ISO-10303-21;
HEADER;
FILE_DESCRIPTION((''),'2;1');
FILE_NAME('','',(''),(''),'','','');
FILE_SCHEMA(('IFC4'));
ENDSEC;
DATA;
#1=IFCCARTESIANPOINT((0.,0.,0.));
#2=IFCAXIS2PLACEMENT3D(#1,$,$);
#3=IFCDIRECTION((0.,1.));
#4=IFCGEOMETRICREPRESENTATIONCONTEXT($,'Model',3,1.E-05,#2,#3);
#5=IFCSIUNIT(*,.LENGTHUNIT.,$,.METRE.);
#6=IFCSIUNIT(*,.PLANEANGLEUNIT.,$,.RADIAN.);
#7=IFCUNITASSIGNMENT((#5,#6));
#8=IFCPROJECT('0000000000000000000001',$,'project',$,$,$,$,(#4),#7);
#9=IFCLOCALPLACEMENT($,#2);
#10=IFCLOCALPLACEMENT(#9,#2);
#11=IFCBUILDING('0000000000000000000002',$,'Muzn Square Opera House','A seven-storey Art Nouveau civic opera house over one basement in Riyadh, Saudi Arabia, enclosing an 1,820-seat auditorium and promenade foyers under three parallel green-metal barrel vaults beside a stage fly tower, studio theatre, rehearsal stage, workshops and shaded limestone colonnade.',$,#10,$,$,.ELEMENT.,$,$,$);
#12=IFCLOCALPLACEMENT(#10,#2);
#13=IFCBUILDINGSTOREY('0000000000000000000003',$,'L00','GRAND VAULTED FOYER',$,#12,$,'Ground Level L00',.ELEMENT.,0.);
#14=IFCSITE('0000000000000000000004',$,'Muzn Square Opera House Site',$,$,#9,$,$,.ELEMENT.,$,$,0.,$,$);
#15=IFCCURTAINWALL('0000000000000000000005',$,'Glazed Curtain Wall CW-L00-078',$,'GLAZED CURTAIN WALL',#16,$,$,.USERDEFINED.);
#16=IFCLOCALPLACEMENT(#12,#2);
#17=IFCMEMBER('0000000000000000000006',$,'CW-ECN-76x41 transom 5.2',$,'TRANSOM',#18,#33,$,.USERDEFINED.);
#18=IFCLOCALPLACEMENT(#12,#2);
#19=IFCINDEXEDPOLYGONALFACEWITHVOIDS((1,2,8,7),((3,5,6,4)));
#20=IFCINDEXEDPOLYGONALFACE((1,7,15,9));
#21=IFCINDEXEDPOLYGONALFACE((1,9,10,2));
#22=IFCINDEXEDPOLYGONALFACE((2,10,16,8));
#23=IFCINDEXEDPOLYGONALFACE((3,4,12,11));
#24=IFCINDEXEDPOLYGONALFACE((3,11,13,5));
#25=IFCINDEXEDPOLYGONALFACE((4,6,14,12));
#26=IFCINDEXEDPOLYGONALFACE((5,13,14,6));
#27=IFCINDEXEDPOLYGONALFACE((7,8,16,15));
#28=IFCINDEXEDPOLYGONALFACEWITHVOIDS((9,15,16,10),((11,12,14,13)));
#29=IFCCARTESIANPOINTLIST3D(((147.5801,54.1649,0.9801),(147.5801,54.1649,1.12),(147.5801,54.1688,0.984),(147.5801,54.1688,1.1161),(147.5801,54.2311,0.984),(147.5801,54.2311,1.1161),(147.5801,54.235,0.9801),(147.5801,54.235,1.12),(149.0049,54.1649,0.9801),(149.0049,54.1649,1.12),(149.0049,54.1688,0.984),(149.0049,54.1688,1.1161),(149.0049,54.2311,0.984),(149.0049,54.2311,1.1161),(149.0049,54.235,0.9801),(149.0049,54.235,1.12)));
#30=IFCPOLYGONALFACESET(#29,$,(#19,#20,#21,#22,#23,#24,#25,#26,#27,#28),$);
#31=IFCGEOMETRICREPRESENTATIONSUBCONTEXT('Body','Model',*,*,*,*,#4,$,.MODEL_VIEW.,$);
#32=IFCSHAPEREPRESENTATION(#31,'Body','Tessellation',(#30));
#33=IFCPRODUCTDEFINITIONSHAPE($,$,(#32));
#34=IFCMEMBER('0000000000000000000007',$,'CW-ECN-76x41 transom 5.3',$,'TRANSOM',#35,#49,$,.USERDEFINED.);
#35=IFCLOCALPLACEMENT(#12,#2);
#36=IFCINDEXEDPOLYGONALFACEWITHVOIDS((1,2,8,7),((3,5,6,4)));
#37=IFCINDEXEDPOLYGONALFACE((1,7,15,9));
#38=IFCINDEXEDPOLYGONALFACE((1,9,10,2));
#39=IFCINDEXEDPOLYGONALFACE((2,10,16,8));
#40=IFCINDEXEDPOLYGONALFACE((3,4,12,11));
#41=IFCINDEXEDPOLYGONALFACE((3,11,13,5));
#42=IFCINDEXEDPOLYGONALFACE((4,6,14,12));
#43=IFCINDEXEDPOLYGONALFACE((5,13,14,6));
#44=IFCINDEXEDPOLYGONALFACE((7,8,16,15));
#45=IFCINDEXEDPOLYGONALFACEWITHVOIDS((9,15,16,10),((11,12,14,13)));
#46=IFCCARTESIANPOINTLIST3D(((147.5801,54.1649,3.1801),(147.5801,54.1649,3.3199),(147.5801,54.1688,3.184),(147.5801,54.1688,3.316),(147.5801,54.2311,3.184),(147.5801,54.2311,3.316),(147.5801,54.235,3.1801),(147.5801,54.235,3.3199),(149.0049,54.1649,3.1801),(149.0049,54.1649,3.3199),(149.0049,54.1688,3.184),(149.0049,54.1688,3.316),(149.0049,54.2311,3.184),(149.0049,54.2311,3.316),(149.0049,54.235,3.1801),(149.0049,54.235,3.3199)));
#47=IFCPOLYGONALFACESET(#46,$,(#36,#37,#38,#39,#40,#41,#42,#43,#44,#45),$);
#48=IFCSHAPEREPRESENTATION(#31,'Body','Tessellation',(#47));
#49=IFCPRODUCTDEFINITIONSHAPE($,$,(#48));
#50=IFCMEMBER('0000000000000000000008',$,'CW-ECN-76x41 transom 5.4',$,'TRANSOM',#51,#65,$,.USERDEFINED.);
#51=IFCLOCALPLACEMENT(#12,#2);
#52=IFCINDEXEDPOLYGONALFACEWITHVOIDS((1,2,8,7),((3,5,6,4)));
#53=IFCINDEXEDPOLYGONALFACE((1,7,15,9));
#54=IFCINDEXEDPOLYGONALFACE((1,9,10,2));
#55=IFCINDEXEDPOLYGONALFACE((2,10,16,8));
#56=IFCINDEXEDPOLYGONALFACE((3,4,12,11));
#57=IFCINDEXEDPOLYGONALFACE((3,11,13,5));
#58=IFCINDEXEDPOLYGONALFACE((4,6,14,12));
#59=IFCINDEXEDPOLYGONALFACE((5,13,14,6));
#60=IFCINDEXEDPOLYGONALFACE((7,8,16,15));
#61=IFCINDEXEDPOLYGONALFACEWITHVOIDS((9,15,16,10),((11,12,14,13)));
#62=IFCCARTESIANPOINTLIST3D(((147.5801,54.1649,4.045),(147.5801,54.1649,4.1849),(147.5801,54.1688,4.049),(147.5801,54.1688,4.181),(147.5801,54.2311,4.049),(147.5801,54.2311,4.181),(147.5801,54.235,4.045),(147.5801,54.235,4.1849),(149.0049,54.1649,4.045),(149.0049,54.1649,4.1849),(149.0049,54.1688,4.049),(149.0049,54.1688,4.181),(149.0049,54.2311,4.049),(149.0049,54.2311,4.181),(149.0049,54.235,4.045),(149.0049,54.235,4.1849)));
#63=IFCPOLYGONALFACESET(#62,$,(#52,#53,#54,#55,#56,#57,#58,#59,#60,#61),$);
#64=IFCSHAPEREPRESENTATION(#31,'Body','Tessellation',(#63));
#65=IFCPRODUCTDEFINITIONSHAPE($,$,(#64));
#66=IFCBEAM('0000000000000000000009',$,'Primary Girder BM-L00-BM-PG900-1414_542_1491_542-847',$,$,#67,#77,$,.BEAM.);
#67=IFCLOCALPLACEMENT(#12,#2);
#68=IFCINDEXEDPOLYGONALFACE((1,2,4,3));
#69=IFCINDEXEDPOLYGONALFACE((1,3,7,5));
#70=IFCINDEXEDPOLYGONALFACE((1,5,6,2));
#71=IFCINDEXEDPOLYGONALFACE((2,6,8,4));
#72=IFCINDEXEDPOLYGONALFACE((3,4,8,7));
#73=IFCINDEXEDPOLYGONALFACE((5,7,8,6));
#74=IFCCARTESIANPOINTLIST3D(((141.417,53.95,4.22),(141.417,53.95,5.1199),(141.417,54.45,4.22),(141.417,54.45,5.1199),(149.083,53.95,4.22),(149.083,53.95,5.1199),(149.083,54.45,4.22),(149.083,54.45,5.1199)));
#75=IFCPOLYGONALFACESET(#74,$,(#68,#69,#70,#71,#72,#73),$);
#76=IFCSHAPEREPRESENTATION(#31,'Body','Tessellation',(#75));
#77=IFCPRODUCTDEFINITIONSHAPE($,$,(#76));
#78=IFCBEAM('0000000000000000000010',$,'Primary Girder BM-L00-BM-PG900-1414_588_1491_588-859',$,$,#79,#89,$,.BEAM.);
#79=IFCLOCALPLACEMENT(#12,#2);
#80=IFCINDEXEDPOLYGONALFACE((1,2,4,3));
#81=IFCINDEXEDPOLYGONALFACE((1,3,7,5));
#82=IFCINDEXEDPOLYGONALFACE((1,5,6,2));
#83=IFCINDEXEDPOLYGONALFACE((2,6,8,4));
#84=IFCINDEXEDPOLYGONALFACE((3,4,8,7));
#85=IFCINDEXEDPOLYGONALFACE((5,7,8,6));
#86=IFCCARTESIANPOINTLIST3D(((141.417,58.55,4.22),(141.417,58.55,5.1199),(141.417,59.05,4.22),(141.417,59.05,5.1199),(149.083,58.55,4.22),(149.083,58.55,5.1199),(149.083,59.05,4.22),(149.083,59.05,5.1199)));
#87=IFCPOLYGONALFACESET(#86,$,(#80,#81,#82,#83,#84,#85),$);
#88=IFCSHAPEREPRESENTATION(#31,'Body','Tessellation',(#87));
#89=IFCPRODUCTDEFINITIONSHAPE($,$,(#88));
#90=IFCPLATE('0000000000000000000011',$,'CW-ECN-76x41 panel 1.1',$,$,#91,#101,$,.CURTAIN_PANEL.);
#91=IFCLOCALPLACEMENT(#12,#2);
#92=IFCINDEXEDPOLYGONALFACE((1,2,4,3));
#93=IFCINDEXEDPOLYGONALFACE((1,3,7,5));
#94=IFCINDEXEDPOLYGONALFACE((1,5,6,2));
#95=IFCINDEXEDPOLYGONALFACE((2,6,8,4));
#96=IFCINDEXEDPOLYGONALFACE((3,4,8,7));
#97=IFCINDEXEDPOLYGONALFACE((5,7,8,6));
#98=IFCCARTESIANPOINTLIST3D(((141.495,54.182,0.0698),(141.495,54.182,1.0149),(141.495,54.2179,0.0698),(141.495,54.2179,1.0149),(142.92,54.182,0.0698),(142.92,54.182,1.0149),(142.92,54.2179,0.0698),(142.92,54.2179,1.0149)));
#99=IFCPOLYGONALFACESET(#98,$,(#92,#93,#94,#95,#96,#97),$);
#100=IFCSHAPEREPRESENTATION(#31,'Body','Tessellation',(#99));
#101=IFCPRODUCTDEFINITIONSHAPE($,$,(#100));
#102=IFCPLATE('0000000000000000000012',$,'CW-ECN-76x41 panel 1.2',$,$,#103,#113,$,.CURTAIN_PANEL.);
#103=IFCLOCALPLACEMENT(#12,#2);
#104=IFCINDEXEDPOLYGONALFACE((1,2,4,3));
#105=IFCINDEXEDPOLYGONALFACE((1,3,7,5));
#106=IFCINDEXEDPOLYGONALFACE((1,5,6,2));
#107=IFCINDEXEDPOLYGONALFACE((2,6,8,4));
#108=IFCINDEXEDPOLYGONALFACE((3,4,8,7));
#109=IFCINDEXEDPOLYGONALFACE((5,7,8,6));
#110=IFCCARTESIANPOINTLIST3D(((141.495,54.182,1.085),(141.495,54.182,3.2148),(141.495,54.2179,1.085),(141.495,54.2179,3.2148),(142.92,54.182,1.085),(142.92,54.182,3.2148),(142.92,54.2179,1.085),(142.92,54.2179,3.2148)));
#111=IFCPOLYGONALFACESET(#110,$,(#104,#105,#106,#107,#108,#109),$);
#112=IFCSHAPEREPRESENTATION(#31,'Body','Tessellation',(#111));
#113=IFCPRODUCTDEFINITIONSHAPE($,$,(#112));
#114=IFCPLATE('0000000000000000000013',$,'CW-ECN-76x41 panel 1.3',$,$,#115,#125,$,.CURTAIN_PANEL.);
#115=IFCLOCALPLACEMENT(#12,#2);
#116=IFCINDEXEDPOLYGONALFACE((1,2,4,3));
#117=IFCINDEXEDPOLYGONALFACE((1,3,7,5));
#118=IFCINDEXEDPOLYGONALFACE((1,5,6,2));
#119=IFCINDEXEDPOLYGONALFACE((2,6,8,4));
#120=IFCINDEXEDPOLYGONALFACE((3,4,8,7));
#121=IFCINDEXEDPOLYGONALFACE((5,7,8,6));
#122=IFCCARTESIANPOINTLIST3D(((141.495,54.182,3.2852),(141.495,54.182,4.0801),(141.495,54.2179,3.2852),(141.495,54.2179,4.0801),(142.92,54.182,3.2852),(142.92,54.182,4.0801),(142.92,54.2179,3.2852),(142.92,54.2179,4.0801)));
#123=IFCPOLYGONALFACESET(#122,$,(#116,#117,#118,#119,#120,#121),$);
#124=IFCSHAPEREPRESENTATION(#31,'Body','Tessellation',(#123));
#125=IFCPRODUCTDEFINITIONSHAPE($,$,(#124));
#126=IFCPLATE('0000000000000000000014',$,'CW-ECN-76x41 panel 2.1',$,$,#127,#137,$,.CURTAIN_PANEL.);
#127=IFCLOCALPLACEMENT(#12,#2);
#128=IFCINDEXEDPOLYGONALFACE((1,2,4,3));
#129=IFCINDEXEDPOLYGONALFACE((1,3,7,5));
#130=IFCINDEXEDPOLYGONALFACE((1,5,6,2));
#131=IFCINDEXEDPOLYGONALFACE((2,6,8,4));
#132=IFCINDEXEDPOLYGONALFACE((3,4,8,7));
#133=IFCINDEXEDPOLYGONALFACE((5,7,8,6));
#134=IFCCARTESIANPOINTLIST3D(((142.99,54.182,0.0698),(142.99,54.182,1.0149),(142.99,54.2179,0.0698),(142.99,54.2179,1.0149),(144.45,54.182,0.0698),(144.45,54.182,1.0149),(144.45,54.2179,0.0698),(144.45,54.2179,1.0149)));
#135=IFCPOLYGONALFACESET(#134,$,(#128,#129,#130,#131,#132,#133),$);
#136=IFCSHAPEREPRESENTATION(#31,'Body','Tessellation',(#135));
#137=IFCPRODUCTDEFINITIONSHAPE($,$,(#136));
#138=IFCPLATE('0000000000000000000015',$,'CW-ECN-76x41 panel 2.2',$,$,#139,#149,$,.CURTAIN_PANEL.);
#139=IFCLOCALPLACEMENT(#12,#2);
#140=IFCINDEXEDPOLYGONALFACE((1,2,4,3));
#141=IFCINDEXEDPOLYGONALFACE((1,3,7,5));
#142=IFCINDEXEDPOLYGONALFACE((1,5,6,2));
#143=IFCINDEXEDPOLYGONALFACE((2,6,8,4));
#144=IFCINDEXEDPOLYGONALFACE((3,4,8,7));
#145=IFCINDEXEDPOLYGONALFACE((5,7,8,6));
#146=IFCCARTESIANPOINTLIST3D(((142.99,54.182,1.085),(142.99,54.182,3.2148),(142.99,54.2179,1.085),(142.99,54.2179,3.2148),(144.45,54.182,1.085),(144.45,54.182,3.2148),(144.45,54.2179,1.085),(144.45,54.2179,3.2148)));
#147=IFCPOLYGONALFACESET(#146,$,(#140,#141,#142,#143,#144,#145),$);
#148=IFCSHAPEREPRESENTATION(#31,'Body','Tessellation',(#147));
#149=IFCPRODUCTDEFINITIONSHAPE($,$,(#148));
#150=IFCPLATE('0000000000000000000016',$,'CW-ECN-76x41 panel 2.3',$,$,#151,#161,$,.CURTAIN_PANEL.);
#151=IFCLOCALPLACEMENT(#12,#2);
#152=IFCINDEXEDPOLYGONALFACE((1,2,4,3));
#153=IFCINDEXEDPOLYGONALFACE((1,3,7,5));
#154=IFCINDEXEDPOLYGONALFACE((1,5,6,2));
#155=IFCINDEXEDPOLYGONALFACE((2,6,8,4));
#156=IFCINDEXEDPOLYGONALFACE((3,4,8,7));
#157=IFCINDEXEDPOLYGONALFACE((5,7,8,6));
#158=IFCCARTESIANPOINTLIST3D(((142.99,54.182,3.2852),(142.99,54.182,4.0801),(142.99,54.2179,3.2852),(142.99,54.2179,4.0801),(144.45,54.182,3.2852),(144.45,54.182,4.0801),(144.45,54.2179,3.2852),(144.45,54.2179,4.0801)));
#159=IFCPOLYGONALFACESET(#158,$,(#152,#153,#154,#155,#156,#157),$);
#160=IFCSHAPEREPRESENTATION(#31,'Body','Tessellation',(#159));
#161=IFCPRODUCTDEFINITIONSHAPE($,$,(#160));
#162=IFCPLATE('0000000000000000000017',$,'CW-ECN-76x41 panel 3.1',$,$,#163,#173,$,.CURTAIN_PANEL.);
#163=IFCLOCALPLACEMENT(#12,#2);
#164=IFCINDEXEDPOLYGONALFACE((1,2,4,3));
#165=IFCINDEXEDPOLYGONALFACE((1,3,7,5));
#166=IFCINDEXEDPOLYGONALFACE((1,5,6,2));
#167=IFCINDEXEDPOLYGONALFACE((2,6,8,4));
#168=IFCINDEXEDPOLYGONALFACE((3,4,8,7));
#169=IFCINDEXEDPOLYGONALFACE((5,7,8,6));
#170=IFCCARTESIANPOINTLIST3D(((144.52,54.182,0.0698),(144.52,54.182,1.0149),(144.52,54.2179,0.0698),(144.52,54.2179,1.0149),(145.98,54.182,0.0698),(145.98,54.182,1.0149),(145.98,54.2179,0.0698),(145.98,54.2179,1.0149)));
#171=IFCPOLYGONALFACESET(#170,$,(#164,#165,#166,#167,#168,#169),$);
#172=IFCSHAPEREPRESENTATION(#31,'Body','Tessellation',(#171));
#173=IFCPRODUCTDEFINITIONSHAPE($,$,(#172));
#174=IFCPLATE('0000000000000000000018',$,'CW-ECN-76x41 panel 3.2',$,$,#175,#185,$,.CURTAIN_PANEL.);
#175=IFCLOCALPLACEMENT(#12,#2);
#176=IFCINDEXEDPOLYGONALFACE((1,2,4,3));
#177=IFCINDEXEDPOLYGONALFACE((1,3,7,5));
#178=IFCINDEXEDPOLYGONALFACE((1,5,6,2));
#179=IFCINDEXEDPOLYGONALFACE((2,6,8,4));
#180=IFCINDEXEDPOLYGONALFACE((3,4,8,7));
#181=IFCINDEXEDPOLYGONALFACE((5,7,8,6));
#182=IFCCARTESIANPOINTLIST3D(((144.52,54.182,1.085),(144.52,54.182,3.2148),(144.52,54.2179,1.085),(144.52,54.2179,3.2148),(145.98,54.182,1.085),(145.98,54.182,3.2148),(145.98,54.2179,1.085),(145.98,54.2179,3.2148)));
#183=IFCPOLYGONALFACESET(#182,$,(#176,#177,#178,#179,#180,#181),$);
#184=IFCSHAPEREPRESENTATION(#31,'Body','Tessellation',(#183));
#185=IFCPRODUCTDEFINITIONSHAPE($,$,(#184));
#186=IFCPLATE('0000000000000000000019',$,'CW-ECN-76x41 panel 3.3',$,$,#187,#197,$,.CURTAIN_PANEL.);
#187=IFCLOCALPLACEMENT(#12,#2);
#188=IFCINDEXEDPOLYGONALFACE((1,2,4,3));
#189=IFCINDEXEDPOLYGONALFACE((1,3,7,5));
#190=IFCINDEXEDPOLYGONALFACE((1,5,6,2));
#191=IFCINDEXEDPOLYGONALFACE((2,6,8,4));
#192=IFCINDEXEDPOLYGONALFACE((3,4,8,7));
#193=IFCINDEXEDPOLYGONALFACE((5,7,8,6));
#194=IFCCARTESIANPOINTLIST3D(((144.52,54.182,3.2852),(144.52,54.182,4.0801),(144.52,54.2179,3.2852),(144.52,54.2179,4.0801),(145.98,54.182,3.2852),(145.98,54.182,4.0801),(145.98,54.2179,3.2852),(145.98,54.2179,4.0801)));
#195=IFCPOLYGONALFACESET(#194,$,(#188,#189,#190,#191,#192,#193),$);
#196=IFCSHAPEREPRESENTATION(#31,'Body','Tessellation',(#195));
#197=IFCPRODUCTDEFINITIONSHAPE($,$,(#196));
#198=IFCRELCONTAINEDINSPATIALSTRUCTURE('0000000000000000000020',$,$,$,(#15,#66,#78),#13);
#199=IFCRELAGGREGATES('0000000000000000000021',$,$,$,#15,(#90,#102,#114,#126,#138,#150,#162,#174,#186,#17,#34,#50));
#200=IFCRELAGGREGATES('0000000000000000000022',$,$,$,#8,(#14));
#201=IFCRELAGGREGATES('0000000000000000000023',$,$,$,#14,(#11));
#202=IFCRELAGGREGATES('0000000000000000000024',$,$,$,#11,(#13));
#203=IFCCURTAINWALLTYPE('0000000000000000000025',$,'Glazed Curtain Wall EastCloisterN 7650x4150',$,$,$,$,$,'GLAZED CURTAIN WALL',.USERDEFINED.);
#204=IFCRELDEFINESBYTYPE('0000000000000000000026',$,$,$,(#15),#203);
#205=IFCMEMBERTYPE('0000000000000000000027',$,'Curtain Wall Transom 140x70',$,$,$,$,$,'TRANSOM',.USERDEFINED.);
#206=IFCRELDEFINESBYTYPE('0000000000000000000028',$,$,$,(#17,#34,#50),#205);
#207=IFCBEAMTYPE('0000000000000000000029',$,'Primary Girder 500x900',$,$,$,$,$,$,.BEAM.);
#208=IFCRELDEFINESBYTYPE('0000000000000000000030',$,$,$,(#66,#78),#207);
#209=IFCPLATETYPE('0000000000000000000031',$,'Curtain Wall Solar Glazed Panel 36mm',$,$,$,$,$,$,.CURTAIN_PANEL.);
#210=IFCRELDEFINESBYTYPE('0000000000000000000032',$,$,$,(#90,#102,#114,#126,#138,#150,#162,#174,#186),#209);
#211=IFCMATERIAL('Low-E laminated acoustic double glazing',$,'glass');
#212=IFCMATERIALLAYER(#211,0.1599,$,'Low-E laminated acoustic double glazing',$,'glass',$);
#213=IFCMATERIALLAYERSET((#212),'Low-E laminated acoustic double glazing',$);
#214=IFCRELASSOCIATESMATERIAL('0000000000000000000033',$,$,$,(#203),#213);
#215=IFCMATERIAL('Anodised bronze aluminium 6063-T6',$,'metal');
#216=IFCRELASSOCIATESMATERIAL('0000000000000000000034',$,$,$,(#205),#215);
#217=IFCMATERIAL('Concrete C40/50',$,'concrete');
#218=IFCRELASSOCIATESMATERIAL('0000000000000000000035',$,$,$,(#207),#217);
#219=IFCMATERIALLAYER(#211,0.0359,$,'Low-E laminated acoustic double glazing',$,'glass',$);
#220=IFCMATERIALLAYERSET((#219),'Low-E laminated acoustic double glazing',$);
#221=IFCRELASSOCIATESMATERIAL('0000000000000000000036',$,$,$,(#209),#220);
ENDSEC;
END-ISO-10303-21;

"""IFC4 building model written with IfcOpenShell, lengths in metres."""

from ifc_helpers import new_model, si_unit, direction, frame, origin, origin_2d, place, context, subcontext, project, spatial, rectangle, hollow_rectangle, extrude, material, layer, layer_set, material_profile, profile_set, type_object, element, aggregate, save


model = new_model("IFC4")

# Units and contexts
model_context = context("Model", 3, precision=1e-05, world=origin(), true_north=direction((0.0, 1.0)))
body_context = subcontext(model_context, "Body", "Model", "MODEL_VIEW")
ifc_project = project(units=[si_unit("LENGTHUNIT", "METRE"), si_unit("PLANEANGLEUNIT", "RADIAN")], contexts=[model_context])

# Site, building, storey
site_placement = place(None, origin())
site = spatial("IfcSite", under=ifc_project, at=site_placement, Name="Muzn Square Opera House Site", CompositionType="ELEMENT", RefElevation=0.0)
building_placement = place(site_placement, origin())
building = spatial("IfcBuilding", under=site, at=building_placement, Name="Muzn Square Opera House", Description="A seven-storey Art Nouveau civic opera house over one basement in Riyadh, Saudi Arabia, enclosing an 1,820-seat auditorium and promenade foyers under three parallel green-metal barrel vaults beside a stage fly tower, studio theatre, rehearsal stage, workshops and shaded limestone colonnade.", CompositionType="ELEMENT")
storey_placement = place(building_placement, origin())
storey = spatial("IfcBuildingStorey", under=building, at=storey_placement, Name="L00", Description="GRAND VAULTED FOYER", LongName="Ground Level L00", CompositionType="ELEMENT", Elevation=0.0)

# Curtain wall, members
ifc_material_1 = material(Name="Low-E laminated acoustic double glazing", Category="glass")
ifc_layer_1 = layer(ifc_material_1, 0.1599, Name="Low-E laminated acoustic double glazing", Category="glass")
ifc_layer_set_1 = layer_set([ifc_layer_1], Name="Low-E laminated acoustic double glazing")
curtain_wall_type = type_object("IfcCurtainWallType", Name="Glazed Curtain Wall EastCloisterN 7650x4150", ElementType="GLAZED CURTAIN WALL", PredefinedType="USERDEFINED", material=ifc_layer_set_1)
curtain_wall_placement = place(storey_placement, origin())
curtain_wall = element("IfcCurtainWall", 1, at=curtain_wall_placement, inside=storey, type_object=curtain_wall_type, Name="Glazed Curtain Wall CW-L00-078", ObjectType="GLAZED CURTAIN WALL", PredefinedType="USERDEFINED")
ifc_material_2 = material(Name="Anodised bronze aluminium 6063-T6", Category="metal")
ifc_material_profile_1 = material_profile(ifc_material_2, hollow_rectangle(XDim=0.0701, YDim=0.1399, WallThickness=0.0039, at=origin_2d()), Name="ALU 140x70x4", Category="metal")
ifc_profile_set_1 = profile_set([ifc_material_profile_1], Name="Anodised bronze aluminium 6063-T6")
member_type_1 = type_object("IfcMemberType", Name="Curtain Wall Transom 140x70", ElementType="TRANSOM", PredefinedType="USERDEFINED", material=ifc_profile_set_1)
member_1_placement = place(storey_placement, frame((147.5801, 54.2, 1.05), z_axis=(1.0, 0.0, 0.0), x_axis=(0.0, 1.0, 0.0)))
member_1 = element("IfcMember", 2, at=member_1_placement, type_object=member_type_1, Name="CW-ECN-76x41 transom 5.2", ObjectType="TRANSOM", PredefinedType="USERDEFINED", context=body_context, shape_type="SweptSolid", body=[
    extrude(hollow_rectangle(XDim=0.0701, YDim=0.1399, WallThickness=0.0039, at=origin_2d()), origin(), (0.0, 0.0, 1.0), 1.4248),
])
member_2_placement = place(storey_placement, frame((147.5801, 54.2, 3.25), z_axis=(1.0, 0.0, 0.0), x_axis=(0.0, 1.0, 0.0)))
member_2 = element("IfcMember", 3, at=member_2_placement, type_object=member_type_1, Name="CW-ECN-76x41 transom 5.3", ObjectType="TRANSOM", PredefinedType="USERDEFINED", context=body_context, shape_type="SweptSolid", body=[
    extrude(hollow_rectangle(XDim=0.0701, YDim=0.1399, WallThickness=0.0039, at=origin_2d()), origin(), (0.0, 0.0, 1.0), 1.4248),
])
member_3_placement = place(storey_placement, frame((147.5801, 54.2, 4.115), z_axis=(1.0, 0.0, 0.0), x_axis=(0.0, 1.0, 0.0)))
member_3 = element("IfcMember", 4, at=member_3_placement, type_object=member_type_1, Name="CW-ECN-76x41 transom 5.4", ObjectType="TRANSOM", PredefinedType="USERDEFINED", context=body_context, shape_type="SweptSolid", body=[
    extrude(hollow_rectangle(XDim=0.0701, YDim=0.1399, WallThickness=0.0039, at=origin_2d()), origin(), (0.0, 0.0, 1.0), 1.4248),
])

# Beams
ifc_material_3 = material(Name="Concrete C40/50", Category="concrete")
ifc_material_profile_2 = material_profile(ifc_material_3, rectangle(XDim=0.5, YDim=0.8999, at=origin_2d()), Name="RCB 500x900", Category="concrete")
ifc_profile_set_2 = profile_set([ifc_material_profile_2], Name="Concrete C40/50")
beam_type = type_object("IfcBeamType", Name="Primary Girder 500x900", PredefinedType="BEAM", material=ifc_profile_set_2)
for number, where, z_axis, x_axis, name in (
    (5, (141.417, 54.2, 4.6699), (1.0, 0.0, 0.0), (0.0, 1.0, 0.0), "Primary Girder BM-L00-BM-PG900-1414_542_1491_542-847"),
    (6, (141.417, 58.8, 4.6699), (1.0, 0.0, 0.0), (0.0, 1.0, 0.0), "Primary Girder BM-L00-BM-PG900-1414_588_1491_588-859"),
):
    element("IfcBeam", number, at=place(storey_placement, frame(where, z_axis=z_axis, x_axis=x_axis)), inside=storey, type_object=beam_type, Name=name, PredefinedType="BEAM", context=body_context, shape_type="SweptSolid", body=[
        extrude(rectangle(XDim=0.5, YDim=0.8999, at=origin_2d()), origin(), (0.0, 0.0, 1.0), 7.666),
    ])

# Plates
ifc_layer_2 = layer(ifc_material_1, 0.0359, Name="Low-E laminated acoustic double glazing", Category="glass")
ifc_layer_set_2 = layer_set([ifc_layer_2], Name="Low-E laminated acoustic double glazing")
plate_type = type_object("IfcPlateType", Name="Curtain Wall Solar Glazed Panel 36mm", PredefinedType="CURTAIN_PANEL", material=ifc_layer_set_2)
plate_1_placement = place(storey_placement, frame((142.2075, 54.2, 0.0698), z_axis=(0.0, 0.0, 1.0), x_axis=(1.0, 0.0, 0.0)))
plate_1 = element("IfcPlate", 7, at=plate_1_placement, type_object=plate_type, Name="CW-ECN-76x41 panel 1.1", PredefinedType="CURTAIN_PANEL", context=body_context, shape_type="SweptSolid", body=[
    extrude(rectangle(XDim=1.425, YDim=0.0359, at=origin_2d()), origin(), (0.0, 0.0, 1.0), 0.9451),
])
plate_2_placement = place(storey_placement, frame((142.2075, 54.2, 1.085), z_axis=(0.0, 0.0, 1.0), x_axis=(1.0, 0.0, 0.0)))
plate_2 = element("IfcPlate", 8, at=plate_2_placement, type_object=plate_type, Name="CW-ECN-76x41 panel 1.2", PredefinedType="CURTAIN_PANEL", context=body_context, shape_type="SweptSolid", body=[
    extrude(rectangle(XDim=1.425, YDim=0.0359, at=origin_2d()), origin(), (0.0, 0.0, 1.0), 2.1299),
])
plate_3_placement = place(storey_placement, frame((142.2075, 54.2, 3.2852), z_axis=(0.0, 0.0, 1.0), x_axis=(1.0, 0.0, 0.0)))
plate_3 = element("IfcPlate", 9, at=plate_3_placement, type_object=plate_type, Name="CW-ECN-76x41 panel 1.3", PredefinedType="CURTAIN_PANEL", context=body_context, shape_type="SweptSolid", body=[
    extrude(rectangle(XDim=1.425, YDim=0.0359, at=origin_2d()), origin(), (0.0, 0.0, 1.0), 0.7949),
])
plate_4_placement = place(storey_placement, frame((143.72, 54.2, 0.0698), z_axis=(0.0, 0.0, 1.0), x_axis=(1.0, 0.0, 0.0)))
plate_4 = element("IfcPlate", 10, at=plate_4_placement, type_object=plate_type, Name="CW-ECN-76x41 panel 2.1", PredefinedType="CURTAIN_PANEL", context=body_context, shape_type="SweptSolid", body=[
    extrude(rectangle(XDim=1.46, YDim=0.0359, at=origin_2d()), origin(), (0.0, 0.0, 1.0), 0.9451),
])
plate_5_placement = place(storey_placement, frame((143.72, 54.2, 1.085), z_axis=(0.0, 0.0, 1.0), x_axis=(1.0, 0.0, 0.0)))
plate_5 = element("IfcPlate", 11, at=plate_5_placement, type_object=plate_type, Name="CW-ECN-76x41 panel 2.2", PredefinedType="CURTAIN_PANEL", context=body_context, shape_type="SweptSolid", body=[
    extrude(rectangle(XDim=1.46, YDim=0.0359, at=origin_2d()), origin(), (0.0, 0.0, 1.0), 2.1299),
])
plate_6_placement = place(storey_placement, frame((143.72, 54.2, 3.2852), z_axis=(0.0, 0.0, 1.0), x_axis=(1.0, 0.0, 0.0)))
plate_6 = element("IfcPlate", 12, at=plate_6_placement, type_object=plate_type, Name="CW-ECN-76x41 panel 2.3", PredefinedType="CURTAIN_PANEL", context=body_context, shape_type="SweptSolid", body=[
    extrude(rectangle(XDim=1.46, YDim=0.0359, at=origin_2d()), origin(), (0.0, 0.0, 1.0), 0.7949),
])
plate_7_placement = place(storey_placement, frame((145.25, 54.2, 0.0698), z_axis=(0.0, 0.0, 1.0), x_axis=(1.0, 0.0, 0.0)))
plate_7 = element("IfcPlate", 13, at=plate_7_placement, type_object=plate_type, Name="CW-ECN-76x41 panel 3.1", PredefinedType="CURTAIN_PANEL", context=body_context, shape_type="SweptSolid", body=[
    extrude(rectangle(XDim=1.46, YDim=0.0359, at=origin_2d()), origin(), (0.0, 0.0, 1.0), 0.9451),
])
plate_8_placement = place(storey_placement, frame((145.25, 54.2, 1.085), z_axis=(0.0, 0.0, 1.0), x_axis=(1.0, 0.0, 0.0)))
plate_8 = element("IfcPlate", 14, at=plate_8_placement, type_object=plate_type, Name="CW-ECN-76x41 panel 3.2", PredefinedType="CURTAIN_PANEL", context=body_context, shape_type="SweptSolid", body=[
    extrude(rectangle(XDim=1.46, YDim=0.0359, at=origin_2d()), origin(), (0.0, 0.0, 1.0), 2.1299),
])
plate_9_placement = place(storey_placement, frame((145.25, 54.2, 3.2852), z_axis=(0.0, 0.0, 1.0), x_axis=(1.0, 0.0, 0.0)))
plate_9 = element("IfcPlate", 15, at=plate_9_placement, type_object=plate_type, Name="CW-ECN-76x41 panel 3.3", PredefinedType="CURTAIN_PANEL", context=body_context, shape_type="SweptSolid", body=[
    extrude(rectangle(XDim=1.46, YDim=0.0359, at=origin_2d()), origin(), (0.0, 0.0, 1.0), 0.7949),
])
aggregate(curtain_wall, [plate_1, plate_2, plate_3, plate_4, plate_5, plate_6, plate_7, plate_8, plate_9, member_1, member_2, member_3])

save(model, "model.ifc")
